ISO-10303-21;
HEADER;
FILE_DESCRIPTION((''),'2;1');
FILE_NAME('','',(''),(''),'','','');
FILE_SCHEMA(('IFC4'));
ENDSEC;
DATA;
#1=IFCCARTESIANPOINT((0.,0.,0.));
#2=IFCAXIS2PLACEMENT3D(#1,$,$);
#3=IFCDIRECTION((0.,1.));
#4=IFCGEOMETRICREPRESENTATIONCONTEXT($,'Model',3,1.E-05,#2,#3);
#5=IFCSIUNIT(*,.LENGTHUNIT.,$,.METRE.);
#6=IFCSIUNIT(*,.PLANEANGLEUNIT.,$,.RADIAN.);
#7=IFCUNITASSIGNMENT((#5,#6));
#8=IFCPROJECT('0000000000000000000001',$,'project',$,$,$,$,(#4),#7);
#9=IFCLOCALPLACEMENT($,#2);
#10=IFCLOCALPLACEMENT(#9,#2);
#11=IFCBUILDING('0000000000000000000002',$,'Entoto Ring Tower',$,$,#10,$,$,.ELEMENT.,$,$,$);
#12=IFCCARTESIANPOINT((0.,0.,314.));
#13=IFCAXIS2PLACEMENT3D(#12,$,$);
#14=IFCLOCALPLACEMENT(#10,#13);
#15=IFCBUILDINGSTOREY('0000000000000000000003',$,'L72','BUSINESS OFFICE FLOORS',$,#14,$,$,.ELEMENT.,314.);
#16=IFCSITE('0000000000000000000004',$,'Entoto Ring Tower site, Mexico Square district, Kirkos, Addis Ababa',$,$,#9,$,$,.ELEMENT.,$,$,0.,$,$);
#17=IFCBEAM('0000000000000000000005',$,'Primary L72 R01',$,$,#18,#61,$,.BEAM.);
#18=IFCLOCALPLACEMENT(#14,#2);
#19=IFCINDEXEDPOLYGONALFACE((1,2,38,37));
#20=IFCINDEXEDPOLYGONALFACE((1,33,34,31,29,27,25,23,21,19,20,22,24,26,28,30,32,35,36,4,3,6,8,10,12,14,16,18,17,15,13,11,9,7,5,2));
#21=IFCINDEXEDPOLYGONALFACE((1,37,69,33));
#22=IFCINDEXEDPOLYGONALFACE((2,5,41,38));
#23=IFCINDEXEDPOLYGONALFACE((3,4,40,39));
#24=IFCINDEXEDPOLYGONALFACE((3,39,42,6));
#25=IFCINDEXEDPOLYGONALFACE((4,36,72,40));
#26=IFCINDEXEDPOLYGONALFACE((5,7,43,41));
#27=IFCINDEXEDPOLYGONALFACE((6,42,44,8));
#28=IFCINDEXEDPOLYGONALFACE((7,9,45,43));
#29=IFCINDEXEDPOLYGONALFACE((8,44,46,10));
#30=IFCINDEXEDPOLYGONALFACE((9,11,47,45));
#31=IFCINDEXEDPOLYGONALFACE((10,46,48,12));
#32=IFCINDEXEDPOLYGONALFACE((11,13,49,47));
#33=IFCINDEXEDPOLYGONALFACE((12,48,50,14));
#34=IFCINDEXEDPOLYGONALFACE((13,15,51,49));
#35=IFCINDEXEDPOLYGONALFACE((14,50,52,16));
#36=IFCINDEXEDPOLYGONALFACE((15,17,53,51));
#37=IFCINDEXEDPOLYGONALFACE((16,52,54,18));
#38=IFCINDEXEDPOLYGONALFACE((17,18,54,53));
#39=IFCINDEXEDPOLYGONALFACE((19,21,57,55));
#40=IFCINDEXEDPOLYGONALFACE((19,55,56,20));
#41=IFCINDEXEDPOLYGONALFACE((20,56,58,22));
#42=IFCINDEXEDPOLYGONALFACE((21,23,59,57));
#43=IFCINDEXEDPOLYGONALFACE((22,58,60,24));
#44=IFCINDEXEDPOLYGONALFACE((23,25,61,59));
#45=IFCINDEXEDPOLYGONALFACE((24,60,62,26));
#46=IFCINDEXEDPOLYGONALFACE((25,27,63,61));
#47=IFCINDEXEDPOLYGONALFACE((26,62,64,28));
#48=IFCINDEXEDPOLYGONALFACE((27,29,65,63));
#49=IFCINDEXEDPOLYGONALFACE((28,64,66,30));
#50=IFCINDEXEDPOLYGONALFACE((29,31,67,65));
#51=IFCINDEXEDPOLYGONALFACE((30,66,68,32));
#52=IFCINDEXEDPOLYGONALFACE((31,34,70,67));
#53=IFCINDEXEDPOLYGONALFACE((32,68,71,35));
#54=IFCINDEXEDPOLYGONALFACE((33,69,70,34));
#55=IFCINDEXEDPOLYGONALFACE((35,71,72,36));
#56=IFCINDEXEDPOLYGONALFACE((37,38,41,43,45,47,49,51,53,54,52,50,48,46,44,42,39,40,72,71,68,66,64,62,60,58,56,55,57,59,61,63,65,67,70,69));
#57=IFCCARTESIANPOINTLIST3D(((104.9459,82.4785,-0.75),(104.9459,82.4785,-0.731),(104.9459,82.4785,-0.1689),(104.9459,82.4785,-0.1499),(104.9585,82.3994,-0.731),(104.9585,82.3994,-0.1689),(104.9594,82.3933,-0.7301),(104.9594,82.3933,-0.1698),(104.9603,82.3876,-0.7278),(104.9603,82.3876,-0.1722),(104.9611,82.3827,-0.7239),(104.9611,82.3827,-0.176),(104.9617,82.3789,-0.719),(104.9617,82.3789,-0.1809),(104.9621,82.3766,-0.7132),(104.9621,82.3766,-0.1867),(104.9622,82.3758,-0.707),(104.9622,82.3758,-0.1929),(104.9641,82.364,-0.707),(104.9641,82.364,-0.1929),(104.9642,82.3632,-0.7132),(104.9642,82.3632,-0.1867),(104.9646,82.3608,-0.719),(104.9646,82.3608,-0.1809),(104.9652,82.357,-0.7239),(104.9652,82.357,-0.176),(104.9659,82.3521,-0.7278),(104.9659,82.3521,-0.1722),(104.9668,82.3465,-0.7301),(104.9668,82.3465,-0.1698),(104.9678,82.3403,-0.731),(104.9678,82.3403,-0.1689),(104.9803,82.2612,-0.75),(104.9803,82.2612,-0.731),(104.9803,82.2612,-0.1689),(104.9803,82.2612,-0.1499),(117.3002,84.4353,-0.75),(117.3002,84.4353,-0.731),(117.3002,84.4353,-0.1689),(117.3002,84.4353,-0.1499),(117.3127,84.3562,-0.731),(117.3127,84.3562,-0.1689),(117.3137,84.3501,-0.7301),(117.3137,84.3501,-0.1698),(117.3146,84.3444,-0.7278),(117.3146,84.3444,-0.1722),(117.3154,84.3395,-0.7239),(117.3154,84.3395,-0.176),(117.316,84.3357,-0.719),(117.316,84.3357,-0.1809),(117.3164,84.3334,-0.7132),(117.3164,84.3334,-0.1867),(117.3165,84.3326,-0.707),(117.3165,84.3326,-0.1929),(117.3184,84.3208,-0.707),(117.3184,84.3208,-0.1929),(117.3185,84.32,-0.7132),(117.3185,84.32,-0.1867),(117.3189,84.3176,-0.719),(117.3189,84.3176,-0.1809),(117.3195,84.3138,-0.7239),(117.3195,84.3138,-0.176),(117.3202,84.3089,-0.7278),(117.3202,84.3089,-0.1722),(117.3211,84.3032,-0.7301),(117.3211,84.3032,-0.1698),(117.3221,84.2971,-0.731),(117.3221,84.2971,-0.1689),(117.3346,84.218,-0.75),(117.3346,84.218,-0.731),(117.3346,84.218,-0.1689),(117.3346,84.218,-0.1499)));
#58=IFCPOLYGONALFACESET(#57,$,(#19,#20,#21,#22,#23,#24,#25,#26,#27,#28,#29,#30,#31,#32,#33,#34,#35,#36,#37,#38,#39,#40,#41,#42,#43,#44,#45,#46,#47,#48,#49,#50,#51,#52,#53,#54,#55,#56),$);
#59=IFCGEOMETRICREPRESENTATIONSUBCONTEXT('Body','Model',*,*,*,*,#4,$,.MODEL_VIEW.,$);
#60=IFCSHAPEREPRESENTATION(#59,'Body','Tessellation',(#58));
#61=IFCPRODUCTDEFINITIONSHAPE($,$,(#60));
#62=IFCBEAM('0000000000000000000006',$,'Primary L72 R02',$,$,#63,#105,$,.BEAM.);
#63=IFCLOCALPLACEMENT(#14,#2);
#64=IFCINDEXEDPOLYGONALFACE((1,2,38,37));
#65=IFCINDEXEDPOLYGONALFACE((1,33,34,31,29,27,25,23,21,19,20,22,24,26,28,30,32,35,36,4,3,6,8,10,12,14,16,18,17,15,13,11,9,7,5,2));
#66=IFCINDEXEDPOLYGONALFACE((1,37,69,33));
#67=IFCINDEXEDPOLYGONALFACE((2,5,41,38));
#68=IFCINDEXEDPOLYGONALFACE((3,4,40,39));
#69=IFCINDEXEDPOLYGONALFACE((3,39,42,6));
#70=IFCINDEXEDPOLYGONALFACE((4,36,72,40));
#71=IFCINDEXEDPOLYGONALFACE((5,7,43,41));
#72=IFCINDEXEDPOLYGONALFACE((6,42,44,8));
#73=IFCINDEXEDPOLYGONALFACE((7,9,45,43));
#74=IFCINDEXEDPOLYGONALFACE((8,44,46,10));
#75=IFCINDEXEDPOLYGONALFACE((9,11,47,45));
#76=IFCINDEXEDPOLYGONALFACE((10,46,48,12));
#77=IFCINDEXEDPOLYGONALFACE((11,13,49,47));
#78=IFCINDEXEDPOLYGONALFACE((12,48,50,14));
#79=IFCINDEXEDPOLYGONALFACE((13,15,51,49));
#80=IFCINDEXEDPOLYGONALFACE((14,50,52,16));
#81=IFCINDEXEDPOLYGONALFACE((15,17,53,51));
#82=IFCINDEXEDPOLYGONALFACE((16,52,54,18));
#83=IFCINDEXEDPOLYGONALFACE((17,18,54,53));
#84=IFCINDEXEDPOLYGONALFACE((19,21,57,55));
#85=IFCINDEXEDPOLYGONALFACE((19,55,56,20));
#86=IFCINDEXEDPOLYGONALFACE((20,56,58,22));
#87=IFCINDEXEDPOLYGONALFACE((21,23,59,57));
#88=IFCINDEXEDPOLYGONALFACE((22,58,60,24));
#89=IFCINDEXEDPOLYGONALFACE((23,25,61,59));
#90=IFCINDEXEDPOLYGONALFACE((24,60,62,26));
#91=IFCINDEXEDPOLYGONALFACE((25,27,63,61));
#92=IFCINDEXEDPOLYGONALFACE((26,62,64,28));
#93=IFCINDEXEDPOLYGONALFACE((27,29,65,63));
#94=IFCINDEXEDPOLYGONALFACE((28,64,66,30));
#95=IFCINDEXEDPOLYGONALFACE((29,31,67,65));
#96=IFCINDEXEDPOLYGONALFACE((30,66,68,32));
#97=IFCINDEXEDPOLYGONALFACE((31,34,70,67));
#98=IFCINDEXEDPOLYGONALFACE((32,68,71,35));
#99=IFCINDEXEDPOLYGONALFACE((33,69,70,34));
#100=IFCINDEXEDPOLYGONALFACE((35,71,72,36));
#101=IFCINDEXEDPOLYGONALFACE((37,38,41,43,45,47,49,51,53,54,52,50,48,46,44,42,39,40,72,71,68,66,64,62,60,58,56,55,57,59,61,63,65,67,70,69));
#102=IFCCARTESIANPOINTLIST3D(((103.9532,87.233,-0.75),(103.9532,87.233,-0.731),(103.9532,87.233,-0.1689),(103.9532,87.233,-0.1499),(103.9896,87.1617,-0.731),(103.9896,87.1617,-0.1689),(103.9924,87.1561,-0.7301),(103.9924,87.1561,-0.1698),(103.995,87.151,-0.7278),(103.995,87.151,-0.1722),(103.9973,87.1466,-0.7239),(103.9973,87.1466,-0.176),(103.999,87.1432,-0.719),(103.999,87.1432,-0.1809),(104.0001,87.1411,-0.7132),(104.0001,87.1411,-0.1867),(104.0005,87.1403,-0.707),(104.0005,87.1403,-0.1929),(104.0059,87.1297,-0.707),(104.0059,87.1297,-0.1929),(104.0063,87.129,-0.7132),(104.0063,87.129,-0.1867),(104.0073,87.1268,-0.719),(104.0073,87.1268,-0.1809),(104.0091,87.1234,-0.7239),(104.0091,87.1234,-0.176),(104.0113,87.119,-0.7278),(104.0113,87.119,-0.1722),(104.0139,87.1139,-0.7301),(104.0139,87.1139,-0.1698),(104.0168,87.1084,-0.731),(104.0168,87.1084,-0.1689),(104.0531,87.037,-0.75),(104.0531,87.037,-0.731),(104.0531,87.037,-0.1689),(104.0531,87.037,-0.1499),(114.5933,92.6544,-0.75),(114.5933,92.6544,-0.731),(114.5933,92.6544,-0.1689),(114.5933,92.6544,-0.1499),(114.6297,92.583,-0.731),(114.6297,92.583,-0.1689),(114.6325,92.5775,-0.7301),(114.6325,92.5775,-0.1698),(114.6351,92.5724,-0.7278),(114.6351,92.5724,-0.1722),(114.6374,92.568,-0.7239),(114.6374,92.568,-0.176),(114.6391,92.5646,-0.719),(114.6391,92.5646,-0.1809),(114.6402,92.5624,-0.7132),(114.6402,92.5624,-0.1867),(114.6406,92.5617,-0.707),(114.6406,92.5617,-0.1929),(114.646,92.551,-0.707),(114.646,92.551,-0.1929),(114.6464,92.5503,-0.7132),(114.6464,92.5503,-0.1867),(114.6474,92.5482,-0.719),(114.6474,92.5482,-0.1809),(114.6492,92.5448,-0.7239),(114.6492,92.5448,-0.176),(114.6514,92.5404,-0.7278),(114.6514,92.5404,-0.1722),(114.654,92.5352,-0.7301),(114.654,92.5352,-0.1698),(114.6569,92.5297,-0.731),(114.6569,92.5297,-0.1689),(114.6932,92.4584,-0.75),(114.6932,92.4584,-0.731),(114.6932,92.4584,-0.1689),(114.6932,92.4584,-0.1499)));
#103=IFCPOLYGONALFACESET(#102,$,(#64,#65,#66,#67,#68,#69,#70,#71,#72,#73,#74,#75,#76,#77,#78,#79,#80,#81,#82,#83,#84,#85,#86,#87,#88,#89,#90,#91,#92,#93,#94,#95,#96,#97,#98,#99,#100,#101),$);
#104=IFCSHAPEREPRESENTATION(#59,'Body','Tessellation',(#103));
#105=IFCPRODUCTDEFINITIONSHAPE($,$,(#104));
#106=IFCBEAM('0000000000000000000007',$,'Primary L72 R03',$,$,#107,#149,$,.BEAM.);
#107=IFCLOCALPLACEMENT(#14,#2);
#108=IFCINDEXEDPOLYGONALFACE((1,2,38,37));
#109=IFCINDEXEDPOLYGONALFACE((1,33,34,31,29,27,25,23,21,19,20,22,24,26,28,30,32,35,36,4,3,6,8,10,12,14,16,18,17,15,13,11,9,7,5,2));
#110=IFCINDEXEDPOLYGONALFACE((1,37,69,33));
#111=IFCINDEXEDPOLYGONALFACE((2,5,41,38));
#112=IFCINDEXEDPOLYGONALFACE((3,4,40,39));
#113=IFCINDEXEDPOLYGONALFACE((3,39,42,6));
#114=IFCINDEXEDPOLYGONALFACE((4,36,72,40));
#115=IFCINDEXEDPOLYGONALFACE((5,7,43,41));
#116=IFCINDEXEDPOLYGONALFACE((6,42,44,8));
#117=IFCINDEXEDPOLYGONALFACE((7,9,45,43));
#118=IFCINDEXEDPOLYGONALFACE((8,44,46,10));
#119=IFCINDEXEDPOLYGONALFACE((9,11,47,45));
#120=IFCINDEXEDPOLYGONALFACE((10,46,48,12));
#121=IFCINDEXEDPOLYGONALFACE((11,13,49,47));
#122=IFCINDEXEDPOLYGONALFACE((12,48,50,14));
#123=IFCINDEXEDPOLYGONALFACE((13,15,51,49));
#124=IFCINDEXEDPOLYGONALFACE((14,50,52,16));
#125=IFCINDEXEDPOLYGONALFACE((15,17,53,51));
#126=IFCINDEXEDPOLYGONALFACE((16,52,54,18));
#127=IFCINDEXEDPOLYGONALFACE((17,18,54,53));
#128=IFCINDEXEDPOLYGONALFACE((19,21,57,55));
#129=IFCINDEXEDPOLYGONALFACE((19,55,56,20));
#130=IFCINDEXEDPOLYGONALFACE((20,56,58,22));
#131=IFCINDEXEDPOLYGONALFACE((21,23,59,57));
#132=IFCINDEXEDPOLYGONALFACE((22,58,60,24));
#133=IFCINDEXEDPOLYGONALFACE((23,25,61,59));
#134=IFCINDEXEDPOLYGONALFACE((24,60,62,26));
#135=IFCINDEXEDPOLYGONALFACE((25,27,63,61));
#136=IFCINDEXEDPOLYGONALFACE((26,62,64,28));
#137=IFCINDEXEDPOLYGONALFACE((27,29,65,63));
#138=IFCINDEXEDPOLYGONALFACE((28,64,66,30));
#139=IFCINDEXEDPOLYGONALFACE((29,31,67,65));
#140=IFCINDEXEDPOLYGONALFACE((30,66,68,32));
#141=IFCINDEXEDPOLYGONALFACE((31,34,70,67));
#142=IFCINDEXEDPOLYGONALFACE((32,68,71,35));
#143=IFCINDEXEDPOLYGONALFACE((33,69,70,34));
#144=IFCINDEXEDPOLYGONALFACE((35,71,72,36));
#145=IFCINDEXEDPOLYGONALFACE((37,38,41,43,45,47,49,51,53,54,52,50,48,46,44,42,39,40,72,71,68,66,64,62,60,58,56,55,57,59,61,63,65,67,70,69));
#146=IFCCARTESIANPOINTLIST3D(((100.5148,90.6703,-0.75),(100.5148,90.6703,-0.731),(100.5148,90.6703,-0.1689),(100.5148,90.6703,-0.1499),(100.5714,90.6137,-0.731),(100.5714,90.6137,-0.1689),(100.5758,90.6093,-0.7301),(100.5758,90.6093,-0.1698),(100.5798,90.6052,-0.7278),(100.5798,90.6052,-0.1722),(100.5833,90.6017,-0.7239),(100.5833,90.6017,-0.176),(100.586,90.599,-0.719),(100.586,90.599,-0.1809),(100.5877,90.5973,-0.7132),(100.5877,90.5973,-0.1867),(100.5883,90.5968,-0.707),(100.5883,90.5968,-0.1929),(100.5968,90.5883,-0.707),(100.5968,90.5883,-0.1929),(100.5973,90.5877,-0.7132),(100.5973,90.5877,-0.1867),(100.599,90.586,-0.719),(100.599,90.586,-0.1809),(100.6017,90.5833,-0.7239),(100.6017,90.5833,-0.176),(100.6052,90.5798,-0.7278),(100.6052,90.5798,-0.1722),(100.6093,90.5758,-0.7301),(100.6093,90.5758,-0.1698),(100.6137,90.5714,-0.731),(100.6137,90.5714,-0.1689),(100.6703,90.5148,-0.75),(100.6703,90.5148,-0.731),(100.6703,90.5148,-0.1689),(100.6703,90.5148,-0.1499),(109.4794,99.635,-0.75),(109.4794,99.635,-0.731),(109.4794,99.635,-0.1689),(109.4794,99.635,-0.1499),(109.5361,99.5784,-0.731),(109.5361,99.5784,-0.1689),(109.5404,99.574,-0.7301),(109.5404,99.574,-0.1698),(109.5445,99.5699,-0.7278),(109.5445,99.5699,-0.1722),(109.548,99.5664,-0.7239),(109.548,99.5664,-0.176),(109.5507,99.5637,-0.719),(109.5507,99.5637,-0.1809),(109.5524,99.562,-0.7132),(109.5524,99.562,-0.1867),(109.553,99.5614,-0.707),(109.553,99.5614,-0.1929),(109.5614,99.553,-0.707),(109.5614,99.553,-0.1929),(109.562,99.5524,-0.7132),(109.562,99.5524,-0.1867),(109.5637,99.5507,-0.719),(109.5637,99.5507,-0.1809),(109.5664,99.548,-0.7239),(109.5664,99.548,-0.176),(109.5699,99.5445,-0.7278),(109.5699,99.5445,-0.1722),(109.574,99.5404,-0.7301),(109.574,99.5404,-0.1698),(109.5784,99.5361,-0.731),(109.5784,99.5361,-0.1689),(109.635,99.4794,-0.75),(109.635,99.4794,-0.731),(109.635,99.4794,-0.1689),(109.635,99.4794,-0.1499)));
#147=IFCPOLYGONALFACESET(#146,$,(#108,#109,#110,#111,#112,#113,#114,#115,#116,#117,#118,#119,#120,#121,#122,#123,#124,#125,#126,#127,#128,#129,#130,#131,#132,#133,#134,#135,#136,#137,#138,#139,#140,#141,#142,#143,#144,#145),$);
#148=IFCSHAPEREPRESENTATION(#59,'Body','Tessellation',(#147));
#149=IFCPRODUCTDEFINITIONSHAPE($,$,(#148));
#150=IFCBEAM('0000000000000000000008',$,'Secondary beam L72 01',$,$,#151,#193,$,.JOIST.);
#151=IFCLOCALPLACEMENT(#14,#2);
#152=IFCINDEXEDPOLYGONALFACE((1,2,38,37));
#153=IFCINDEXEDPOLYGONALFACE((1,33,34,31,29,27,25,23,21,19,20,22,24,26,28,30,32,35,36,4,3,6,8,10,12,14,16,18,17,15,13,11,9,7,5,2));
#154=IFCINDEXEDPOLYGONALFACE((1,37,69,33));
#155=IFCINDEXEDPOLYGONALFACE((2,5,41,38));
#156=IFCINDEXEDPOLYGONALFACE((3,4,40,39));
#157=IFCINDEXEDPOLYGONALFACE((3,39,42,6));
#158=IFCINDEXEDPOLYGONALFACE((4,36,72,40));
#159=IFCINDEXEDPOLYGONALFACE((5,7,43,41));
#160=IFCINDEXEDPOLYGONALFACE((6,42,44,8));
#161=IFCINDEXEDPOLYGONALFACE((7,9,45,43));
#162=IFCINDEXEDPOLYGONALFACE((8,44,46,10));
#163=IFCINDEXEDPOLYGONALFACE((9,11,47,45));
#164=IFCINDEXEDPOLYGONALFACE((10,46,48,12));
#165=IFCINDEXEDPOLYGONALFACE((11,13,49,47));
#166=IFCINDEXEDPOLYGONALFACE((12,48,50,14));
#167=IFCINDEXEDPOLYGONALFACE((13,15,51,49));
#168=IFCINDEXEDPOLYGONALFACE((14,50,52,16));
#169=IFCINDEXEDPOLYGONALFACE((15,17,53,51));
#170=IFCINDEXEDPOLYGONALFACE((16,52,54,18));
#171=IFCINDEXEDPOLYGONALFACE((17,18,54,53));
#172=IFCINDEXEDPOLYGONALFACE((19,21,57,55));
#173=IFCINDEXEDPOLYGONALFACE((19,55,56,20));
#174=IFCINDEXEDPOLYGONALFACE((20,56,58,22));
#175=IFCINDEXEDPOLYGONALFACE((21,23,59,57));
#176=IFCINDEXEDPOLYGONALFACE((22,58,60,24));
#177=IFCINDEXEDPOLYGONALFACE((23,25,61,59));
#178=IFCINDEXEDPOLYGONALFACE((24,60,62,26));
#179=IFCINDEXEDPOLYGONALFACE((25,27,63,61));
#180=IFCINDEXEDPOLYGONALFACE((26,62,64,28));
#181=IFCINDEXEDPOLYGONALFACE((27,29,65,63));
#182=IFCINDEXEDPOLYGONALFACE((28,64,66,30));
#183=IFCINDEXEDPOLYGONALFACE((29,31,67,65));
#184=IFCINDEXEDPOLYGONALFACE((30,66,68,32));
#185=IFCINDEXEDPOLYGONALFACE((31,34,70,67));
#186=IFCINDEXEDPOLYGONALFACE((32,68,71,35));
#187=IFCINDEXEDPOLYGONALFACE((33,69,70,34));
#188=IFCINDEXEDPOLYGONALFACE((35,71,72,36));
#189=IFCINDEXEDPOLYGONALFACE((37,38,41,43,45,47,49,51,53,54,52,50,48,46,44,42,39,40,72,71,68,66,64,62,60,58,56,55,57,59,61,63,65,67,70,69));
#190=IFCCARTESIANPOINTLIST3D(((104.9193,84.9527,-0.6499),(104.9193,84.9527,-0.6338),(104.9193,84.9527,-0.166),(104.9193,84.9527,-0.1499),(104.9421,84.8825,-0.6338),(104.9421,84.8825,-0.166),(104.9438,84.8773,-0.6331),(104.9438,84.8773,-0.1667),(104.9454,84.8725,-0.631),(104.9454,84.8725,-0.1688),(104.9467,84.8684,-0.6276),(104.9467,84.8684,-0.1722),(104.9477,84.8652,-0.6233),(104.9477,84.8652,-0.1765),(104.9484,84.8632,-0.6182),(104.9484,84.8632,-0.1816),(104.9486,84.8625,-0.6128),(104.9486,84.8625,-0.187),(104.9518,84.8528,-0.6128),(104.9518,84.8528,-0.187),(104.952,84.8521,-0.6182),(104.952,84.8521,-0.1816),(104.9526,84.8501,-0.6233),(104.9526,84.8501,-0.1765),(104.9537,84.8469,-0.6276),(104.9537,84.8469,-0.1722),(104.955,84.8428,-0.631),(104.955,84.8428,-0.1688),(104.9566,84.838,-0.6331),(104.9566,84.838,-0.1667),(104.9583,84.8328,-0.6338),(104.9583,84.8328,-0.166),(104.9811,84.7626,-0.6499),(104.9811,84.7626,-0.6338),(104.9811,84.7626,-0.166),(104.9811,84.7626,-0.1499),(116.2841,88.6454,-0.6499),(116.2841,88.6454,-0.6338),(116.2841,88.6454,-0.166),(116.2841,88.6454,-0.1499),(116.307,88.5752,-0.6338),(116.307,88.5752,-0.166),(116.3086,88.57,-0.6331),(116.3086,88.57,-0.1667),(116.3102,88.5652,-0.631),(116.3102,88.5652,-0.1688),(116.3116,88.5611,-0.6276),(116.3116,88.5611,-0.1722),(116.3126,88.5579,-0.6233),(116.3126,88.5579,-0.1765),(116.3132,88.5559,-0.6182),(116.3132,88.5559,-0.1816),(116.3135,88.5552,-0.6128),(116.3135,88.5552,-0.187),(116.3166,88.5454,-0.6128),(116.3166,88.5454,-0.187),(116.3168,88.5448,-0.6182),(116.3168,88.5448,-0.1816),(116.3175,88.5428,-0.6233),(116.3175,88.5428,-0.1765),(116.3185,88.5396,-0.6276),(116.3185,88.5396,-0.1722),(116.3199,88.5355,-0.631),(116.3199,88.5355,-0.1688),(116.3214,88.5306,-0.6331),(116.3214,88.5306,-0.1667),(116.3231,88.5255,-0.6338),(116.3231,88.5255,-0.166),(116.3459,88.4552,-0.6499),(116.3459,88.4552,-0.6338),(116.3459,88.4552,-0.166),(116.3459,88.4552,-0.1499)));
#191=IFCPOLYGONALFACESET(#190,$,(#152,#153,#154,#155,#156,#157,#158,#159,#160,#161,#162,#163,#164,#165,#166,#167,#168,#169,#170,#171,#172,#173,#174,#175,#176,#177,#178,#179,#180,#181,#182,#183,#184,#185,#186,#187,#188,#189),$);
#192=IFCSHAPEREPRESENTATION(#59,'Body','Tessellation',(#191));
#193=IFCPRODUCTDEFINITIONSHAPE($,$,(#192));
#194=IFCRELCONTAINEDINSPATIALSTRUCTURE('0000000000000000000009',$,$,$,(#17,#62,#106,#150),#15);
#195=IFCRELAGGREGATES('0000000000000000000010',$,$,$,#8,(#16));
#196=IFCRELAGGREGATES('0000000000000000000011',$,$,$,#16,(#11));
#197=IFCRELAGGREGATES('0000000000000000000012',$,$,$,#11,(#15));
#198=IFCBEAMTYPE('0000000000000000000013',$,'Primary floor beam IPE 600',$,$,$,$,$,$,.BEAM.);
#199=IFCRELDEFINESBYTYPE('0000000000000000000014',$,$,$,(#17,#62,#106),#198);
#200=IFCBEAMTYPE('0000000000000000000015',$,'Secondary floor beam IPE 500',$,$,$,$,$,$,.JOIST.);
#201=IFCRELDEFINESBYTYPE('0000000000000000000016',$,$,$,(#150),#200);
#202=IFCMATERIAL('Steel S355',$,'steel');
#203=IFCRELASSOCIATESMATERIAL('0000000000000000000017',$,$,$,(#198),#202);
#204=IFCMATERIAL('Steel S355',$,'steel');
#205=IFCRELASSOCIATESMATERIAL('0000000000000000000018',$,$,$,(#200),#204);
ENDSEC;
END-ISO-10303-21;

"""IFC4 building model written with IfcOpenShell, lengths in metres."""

from ifc_helpers import new_model, si_unit, direction, frame, origin, origin_2d, place, context, subcontext, project, spatial, i_section, extrude, material, material_profile, profile_set, type_object, element, save


model = new_model("IFC4")

# Units and contexts
model_context = context("Model", 3, precision=1e-05, world=origin(), true_north=direction((0.0, 1.0)))
body_context = subcontext(model_context, "Body", "Model", "MODEL_VIEW")
ifc_project = project(units=[si_unit("LENGTHUNIT", "METRE"), si_unit("PLANEANGLEUNIT", "RADIAN")], contexts=[model_context])

# Site, building, storey
site_placement = place(None, origin())
site = spatial("IfcSite", under=ifc_project, at=site_placement, Name="Entoto Ring Tower site, Mexico Square district, Kirkos, Addis Ababa", CompositionType="ELEMENT", RefElevation=0.0)
building_placement = place(site_placement, origin())
building = spatial("IfcBuilding", under=site, at=building_placement, Name="Entoto Ring Tower", CompositionType="ELEMENT")
storey_placement = place(building_placement, frame((0.0, 0.0, 314.0)))
storey = spatial("IfcBuildingStorey", under=building, at=storey_placement, Name="L72", Description="BUSINESS OFFICE FLOORS", CompositionType="ELEMENT", Elevation=314.0)

# Beams
ifc_material_1 = material(Name="Steel S355", Category="steel")
ifc_material_profile_1 = material_profile(ifc_material_1, i_section(OverallWidth=0.22, OverallDepth=0.6001, WebThickness=0.012, FlangeThickness=0.019, FilletRadius=0.0239, at=origin_2d()), Name="IPE 600")
ifc_profile_set_1 = profile_set([ifc_material_profile_1], Name="Steel S355")
beam_type_1 = type_object("IfcBeamType", Name="Primary floor beam IPE 600", PredefinedType="BEAM", material=ifc_profile_set_1)
beam_1_placement = place(storey_placement, frame((104.9631, 82.3699, -0.45), z_axis=(0.987688, 0.15644, 0.0), x_axis=(-0.15644, 0.987688, 0.0)))
element("IfcBeam", 1, at=beam_1_placement, inside=storey, type_object=beam_type_1, Name="Primary L72 R01", PredefinedType="BEAM", context=body_context, shape_type="SweptSolid", body=[
    extrude(i_section(OverallWidth=0.22, OverallDepth=0.6001, WebThickness=0.012, FlangeThickness=0.019, FilletRadius=0.0239, at=origin_2d()), origin(), (0.0, 0.0, 1.0), 12.5083),
])
beam_2_placement = place(storey_placement, frame((104.0032, 87.135, -0.45), z_axis=(0.891008, 0.453988, 0.0), x_axis=(-0.453988, 0.891008, 0.0)))
element("IfcBeam", 2, at=beam_2_placement, inside=storey, type_object=beam_type_1, Name="Primary L72 R02", PredefinedType="BEAM", context=body_context, shape_type="SweptSolid", body=[
    extrude(i_section(OverallWidth=0.22, OverallDepth=0.6001, WebThickness=0.012, FlangeThickness=0.019, FilletRadius=0.0239, at=origin_2d()), origin(), (0.0, 0.0, 1.0), 11.9417),
])
beam_3_placement = place(storey_placement, frame((100.5925, 90.5925, -0.45), z_axis=(0.707107, 0.707107, 0.0), x_axis=(-0.707107, 0.707107, 0.0)))
element("IfcBeam", 3, at=beam_3_placement, inside=storey, type_object=beam_type_1, Name="Primary L72 R03", PredefinedType="BEAM", context=body_context, shape_type="SweptSolid", body=[
    extrude(i_section(OverallWidth=0.22, OverallDepth=0.6001, WebThickness=0.012, FlangeThickness=0.019, FilletRadius=0.0239, at=origin_2d()), origin(), (0.0, 0.0, 1.0), 12.678),
])
ifc_material_2 = material(Name="Steel S355", Category="steel")
ifc_material_profile_2 = material_profile(ifc_material_2, i_section(OverallWidth=0.2, OverallDepth=0.5, WebThickness=0.0103, FlangeThickness=0.0161, FilletRadius=0.021, at=origin_2d()), Name="IPE 500")
ifc_profile_set_2 = profile_set([ifc_material_profile_2], Name="Steel S355")
beam_type_2 = type_object("IfcBeamType", Name="Secondary floor beam IPE 500", PredefinedType="JOIST", material=ifc_profile_set_2)
beam_4_placement = place(storey_placement, frame((104.9502, 84.8577, -0.3999), z_axis=(0.951057, 0.309017, 0.0), x_axis=(-0.309017, 0.951057, 0.0)))
element("IfcBeam", 4, at=beam_4_placement, inside=storey, type_object=beam_type_2, Name="Secondary beam L72 01", PredefinedType="JOIST", context=body_context, shape_type="SweptSolid", body=[
    extrude(i_section(OverallWidth=0.2, OverallDepth=0.5, WebThickness=0.0103, FlangeThickness=0.0161, FilletRadius=0.021, at=origin_2d()), origin(), (0.0, 0.0, 1.0), 11.9497),
])

save(model, "model.ifc")
